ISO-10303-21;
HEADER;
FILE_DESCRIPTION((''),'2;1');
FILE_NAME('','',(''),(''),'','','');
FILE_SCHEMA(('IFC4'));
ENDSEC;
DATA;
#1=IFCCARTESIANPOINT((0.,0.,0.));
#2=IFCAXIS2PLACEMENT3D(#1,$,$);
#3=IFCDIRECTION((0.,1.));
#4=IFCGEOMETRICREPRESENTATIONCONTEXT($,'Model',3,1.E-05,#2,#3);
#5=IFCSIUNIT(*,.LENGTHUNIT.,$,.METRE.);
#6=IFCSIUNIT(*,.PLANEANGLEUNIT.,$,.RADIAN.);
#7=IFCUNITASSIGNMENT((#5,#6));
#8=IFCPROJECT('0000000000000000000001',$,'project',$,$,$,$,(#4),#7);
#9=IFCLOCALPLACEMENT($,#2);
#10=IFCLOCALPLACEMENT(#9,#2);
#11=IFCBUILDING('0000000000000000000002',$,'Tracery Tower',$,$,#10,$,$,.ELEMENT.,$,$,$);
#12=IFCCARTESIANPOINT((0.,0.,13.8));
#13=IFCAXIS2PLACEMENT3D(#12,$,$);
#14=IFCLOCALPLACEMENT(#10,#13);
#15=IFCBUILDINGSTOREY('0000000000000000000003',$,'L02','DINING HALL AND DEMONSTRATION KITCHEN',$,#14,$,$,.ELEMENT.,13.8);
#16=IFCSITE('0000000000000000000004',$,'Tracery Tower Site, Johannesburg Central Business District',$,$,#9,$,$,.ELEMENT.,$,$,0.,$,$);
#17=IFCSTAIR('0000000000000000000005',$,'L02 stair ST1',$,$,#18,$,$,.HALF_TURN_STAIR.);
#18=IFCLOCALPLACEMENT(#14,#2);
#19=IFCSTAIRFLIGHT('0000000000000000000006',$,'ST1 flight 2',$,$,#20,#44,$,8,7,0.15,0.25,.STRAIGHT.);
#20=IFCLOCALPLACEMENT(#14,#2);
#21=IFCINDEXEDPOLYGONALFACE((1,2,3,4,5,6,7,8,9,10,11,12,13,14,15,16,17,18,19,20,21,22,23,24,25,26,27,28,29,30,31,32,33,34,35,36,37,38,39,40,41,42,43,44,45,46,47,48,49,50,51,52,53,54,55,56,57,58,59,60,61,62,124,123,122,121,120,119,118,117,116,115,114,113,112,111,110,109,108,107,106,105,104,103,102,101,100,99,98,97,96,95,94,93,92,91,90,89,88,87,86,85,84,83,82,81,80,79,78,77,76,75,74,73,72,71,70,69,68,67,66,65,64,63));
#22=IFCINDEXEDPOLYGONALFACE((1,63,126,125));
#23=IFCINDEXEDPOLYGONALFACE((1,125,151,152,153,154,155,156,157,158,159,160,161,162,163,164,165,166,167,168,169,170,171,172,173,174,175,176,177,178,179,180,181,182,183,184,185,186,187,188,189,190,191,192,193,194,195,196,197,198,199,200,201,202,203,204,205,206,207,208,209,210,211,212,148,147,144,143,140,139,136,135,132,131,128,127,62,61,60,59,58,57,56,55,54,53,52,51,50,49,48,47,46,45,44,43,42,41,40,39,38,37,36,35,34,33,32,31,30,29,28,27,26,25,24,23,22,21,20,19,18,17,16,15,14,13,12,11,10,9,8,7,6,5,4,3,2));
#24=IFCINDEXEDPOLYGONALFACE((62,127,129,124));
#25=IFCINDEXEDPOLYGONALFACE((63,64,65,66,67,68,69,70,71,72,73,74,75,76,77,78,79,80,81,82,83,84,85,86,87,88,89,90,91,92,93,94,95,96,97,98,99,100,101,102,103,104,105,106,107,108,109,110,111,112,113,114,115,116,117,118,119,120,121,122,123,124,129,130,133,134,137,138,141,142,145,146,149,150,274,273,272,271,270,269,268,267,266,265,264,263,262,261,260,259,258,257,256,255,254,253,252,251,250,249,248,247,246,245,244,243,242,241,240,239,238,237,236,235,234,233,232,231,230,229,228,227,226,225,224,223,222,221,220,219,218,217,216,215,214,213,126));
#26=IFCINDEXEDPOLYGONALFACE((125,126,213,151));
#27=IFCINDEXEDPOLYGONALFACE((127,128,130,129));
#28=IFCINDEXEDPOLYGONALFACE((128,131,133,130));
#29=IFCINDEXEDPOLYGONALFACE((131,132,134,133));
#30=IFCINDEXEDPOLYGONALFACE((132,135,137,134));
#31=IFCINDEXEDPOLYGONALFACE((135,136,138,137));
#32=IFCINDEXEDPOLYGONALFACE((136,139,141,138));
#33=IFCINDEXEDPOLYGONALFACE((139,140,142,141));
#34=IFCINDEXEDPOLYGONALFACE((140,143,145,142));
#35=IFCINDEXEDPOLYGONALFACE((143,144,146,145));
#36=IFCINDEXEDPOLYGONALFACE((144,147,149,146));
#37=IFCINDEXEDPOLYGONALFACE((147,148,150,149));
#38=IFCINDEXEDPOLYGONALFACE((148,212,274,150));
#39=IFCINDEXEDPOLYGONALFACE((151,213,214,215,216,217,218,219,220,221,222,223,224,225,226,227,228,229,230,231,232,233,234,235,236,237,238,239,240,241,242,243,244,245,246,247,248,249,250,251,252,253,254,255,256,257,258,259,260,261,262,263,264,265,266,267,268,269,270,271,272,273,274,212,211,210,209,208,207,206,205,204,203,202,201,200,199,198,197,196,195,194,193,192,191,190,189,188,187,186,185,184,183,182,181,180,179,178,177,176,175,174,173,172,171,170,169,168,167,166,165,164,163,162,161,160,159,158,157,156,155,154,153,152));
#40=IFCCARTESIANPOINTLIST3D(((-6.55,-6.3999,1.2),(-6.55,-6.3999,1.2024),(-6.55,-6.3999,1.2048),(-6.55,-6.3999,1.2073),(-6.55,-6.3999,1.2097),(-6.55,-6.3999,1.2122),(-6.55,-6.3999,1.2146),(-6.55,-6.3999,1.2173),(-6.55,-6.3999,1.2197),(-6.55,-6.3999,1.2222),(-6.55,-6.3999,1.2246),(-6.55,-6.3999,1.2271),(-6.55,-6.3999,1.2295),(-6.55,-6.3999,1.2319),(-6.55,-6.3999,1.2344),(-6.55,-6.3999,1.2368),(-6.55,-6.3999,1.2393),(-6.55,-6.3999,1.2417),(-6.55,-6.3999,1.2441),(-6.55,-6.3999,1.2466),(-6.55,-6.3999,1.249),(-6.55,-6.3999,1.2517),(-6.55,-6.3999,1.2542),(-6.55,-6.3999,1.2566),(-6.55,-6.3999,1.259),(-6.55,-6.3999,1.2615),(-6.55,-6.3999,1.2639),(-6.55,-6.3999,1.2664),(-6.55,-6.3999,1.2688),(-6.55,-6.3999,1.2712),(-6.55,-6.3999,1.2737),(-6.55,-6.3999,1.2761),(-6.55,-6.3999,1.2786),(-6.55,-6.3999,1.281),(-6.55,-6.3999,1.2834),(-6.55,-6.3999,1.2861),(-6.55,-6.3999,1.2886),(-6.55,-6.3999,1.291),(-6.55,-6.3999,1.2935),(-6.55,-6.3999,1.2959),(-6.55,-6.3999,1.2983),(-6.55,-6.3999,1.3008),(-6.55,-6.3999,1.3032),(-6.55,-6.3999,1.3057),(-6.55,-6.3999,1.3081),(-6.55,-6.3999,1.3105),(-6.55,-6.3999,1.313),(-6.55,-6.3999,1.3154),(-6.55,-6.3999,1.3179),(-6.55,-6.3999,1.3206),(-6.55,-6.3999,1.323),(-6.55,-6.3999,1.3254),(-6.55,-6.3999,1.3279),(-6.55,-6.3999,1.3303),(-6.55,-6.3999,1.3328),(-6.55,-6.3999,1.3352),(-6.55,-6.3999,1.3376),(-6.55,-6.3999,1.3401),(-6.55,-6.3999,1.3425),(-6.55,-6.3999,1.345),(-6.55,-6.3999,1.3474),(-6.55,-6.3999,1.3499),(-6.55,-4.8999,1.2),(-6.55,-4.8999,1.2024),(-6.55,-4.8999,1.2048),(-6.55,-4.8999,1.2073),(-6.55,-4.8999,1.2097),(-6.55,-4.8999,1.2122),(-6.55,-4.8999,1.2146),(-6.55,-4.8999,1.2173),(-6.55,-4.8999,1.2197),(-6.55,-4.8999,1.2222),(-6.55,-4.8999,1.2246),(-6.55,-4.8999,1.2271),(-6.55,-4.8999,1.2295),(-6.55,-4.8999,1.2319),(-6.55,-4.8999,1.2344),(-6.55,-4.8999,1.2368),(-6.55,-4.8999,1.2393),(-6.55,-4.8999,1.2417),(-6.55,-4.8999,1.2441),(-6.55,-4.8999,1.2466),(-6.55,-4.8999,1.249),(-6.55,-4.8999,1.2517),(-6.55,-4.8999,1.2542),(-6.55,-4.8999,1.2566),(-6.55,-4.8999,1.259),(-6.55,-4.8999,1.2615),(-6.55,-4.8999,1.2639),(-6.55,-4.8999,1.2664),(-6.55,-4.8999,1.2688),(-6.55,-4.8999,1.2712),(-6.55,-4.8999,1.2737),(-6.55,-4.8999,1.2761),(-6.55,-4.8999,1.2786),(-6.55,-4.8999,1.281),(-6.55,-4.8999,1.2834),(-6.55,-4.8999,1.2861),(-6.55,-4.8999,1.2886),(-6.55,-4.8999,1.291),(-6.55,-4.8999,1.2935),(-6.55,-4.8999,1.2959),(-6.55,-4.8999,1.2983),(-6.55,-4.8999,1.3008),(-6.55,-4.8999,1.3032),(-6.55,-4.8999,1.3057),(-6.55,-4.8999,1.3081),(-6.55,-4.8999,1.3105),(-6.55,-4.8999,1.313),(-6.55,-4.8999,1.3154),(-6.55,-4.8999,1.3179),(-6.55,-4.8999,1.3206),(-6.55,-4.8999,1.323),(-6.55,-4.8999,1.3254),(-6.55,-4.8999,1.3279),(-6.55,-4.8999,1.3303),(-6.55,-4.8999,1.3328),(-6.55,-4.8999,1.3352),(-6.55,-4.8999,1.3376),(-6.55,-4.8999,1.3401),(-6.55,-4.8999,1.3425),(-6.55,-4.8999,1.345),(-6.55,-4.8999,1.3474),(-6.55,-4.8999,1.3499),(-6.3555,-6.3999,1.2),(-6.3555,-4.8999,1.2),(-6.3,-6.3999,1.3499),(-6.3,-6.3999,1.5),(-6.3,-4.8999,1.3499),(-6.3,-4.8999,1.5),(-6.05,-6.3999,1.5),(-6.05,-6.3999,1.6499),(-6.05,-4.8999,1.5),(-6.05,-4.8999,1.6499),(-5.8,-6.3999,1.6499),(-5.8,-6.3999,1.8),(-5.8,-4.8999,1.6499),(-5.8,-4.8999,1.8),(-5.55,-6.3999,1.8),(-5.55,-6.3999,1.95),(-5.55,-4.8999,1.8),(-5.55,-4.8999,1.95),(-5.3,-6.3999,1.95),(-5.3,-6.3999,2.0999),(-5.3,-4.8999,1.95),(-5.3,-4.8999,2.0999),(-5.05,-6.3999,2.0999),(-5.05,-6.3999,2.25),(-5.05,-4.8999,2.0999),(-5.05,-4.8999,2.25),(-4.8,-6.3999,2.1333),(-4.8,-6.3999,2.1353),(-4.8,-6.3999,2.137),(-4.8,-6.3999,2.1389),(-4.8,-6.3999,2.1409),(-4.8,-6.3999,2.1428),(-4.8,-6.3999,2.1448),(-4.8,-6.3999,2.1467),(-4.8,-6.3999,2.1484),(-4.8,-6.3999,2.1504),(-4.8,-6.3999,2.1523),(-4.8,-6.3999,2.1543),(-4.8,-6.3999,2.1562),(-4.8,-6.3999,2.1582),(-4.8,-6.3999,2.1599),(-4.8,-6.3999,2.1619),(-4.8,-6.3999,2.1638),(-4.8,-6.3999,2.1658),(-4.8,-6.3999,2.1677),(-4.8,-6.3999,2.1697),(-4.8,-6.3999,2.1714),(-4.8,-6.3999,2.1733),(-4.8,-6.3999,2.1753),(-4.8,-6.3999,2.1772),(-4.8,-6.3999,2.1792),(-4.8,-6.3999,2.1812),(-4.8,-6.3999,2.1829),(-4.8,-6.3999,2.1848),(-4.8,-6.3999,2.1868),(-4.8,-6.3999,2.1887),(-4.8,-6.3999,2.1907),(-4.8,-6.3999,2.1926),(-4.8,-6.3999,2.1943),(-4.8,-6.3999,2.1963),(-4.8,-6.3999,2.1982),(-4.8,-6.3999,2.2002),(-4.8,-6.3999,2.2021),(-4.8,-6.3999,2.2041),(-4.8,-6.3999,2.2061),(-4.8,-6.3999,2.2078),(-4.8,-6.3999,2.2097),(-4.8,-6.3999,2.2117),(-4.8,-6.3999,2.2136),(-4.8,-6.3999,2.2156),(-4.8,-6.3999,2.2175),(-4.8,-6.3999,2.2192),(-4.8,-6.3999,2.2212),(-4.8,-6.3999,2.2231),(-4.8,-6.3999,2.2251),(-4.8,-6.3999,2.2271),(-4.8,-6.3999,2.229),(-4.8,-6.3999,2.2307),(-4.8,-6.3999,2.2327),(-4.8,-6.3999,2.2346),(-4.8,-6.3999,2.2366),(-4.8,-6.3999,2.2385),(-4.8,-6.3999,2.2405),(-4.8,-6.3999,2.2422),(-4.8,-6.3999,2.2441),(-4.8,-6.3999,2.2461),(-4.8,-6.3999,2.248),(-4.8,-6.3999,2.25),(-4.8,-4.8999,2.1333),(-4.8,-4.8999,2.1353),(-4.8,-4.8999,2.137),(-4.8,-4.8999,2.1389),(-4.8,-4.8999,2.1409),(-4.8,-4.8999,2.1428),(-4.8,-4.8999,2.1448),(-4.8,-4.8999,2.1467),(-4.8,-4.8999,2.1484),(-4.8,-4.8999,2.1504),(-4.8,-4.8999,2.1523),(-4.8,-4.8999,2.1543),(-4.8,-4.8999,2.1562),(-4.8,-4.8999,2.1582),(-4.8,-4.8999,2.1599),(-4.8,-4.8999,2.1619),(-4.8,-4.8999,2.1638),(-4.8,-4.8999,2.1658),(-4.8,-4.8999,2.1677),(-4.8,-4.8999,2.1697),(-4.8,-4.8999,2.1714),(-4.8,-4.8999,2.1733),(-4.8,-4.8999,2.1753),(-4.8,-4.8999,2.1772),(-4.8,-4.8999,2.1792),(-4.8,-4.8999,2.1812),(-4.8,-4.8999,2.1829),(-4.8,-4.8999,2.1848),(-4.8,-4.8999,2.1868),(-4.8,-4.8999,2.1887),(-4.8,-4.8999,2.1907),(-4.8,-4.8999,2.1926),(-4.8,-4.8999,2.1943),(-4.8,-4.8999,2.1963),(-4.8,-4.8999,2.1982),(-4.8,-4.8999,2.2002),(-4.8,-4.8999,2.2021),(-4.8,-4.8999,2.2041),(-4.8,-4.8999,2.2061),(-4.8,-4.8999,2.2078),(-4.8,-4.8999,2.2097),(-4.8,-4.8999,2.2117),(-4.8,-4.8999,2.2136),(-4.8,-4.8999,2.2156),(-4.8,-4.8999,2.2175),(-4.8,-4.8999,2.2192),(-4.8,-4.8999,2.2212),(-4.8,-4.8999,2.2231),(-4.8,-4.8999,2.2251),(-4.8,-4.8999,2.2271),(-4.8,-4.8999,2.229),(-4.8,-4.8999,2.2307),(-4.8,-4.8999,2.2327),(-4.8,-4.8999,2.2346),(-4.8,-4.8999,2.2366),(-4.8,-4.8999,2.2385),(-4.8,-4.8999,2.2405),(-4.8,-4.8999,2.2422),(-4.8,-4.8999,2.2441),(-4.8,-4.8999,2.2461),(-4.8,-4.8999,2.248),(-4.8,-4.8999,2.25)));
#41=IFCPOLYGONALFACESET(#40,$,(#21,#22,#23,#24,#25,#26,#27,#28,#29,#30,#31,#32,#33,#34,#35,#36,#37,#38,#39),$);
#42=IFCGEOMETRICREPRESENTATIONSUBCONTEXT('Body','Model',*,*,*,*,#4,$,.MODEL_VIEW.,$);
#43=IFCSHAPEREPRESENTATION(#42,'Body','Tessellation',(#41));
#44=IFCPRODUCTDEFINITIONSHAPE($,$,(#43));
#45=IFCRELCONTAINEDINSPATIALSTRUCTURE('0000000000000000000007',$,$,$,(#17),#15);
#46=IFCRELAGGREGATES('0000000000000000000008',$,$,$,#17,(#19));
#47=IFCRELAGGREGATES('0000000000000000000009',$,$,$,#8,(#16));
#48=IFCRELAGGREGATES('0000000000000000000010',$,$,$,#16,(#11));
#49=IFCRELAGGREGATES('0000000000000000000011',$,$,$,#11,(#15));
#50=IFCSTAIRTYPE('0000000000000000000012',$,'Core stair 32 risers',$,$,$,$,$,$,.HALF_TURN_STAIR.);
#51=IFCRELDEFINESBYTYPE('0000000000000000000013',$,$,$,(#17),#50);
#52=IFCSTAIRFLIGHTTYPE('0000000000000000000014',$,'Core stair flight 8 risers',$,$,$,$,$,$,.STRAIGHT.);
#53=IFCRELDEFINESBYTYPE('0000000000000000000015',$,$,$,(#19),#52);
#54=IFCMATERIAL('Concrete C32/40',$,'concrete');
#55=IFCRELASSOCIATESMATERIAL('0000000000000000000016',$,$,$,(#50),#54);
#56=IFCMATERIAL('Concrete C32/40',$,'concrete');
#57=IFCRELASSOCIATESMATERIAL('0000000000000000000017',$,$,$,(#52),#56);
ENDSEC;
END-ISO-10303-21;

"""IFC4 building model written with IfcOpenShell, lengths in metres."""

from ifc_helpers import new_model, si_unit, direction, frame, origin, place, context, subcontext, project, spatial, polyline, outline, extrude, material, type_object, element, aggregate, save


model = new_model("IFC4")

# Units and contexts
model_context = context("Model", 3, precision=1e-05, world=origin(), true_north=direction((0.0, 1.0)))
body_context = subcontext(model_context, "Body", "Model", "MODEL_VIEW")
ifc_project = project(units=[si_unit("LENGTHUNIT", "METRE"), si_unit("PLANEANGLEUNIT", "RADIAN")], contexts=[model_context])

# Site, building, storey
site_placement = place(None, origin())
site = spatial("IfcSite", under=ifc_project, at=site_placement, Name="Tracery Tower Site, Johannesburg Central Business District", CompositionType="ELEMENT", RefElevation=0.0)
building_placement = place(site_placement, origin())
building = spatial("IfcBuilding", under=site, at=building_placement, Name="Tracery Tower", CompositionType="ELEMENT")
storey_placement = place(building_placement, frame((0.0, 0.0, 13.8)))
storey = spatial("IfcBuildingStorey", under=building, at=storey_placement, Name="L02", Description="DINING HALL AND DEMONSTRATION KITCHEN", CompositionType="ELEMENT", Elevation=13.8)

# Stair, stair flight
ifc_material_1 = material(Name="Concrete C32/40", Category="concrete")
stair_type = type_object("IfcStairType", Name="Core stair 32 risers", PredefinedType="HALF_TURN_STAIR", material=ifc_material_1)
stair_placement = place(storey_placement, origin())
stair = element("IfcStair", 1, at=stair_placement, inside=storey, type_object=stair_type, Name="L02 stair ST1", PredefinedType="HALF_TURN_STAIR")
ifc_material_2 = material(Name="Concrete C32/40", Category="concrete")
stair_flight_type = type_object("IfcStairFlightType", Name="Core stair flight 8 risers", PredefinedType="STRAIGHT", material=ifc_material_2)
stair_flight_1_placement = place(storey_placement, frame((-6.55, -5.6499, 1.2), z_axis=(0.0, 0.0, 1.0), x_axis=(1.0, 0.0, 0.0)))
stair_flight_1 = element("IfcStairFlight", 2, at=stair_flight_1_placement, type_object=stair_flight_type, Name="ST1 flight 2", NumberOfRisers=8, NumberOfTreads=7, PredefinedType="STRAIGHT", RiserHeight=0.15, TreadLength=0.25, context=body_context, shape_type="SweptSolid", body=[
    extrude(outline(polyline([(0.0, 0.0), (0.0, 0.0024), (0.0, 0.0049), (0.0, 0.0073), (0.0, 0.0098), (0.0, 0.0122), (0.0, 0.0146), (0.0, 0.0173), (0.0, 0.0198), (0.0, 0.0222), (0.0, 0.0247), (0.0, 0.0271), (0.0, 0.0295), (0.0, 0.032), (0.0, 0.0344), (0.0, 0.0369), (0.0, 0.0393), (0.0, 0.0417), (0.0, 0.0442), (0.0, 0.0466), (0.0, 0.0491), (0.0, 0.0518), (0.0, 0.0542), (0.0, 0.0566), (0.0, 0.0591), (0.0, 0.0615), (0.0, 0.064), (0.0, 0.0664), (0.0, 0.0688), (0.0, 0.0713), (0.0, 0.0737), (0.0, 0.0762), (0.0, 0.0786), (0.0, 0.0811), (0.0, 0.0835), (0.0, 0.0862), (0.0, 0.0886), (0.0, 0.0911), (0.0, 0.0935), (0.0, 0.0959), (0.0, 0.0984), (0.0, 0.1008), (0.0, 0.1033), (0.0, 0.1057), (0.0, 0.1082), (0.0, 0.1106), (0.0, 0.113), (0.0, 0.1155), (0.0, 0.1179), (0.0, 0.1206), (0.0, 0.123), (0.0, 0.1255), (0.0, 0.1279), (0.0, 0.1304), (0.0, 0.1328), (0.0, 0.1353), (0.0, 0.1377), (0.0, 0.1401), (0.0, 0.1426), (0.0, 0.145), (0.0, 0.1475), (0.0, 0.1499), (0.25, 0.1499), (0.25, 0.3), (0.5, 0.3), (0.5, 0.45), (0.75, 0.45), (0.75, 0.6001), (1.0, 0.6001), (1.0, 0.75), (1.25, 0.75), (1.25, 0.8999), (1.5, 0.8999), (1.5, 1.05), (1.75, 1.05), (1.75, 1.0481), (1.75, 1.0461), (1.75, 1.0442), (1.75, 1.0422), (1.75, 1.0405), (1.75, 1.0386), (1.75, 1.0366), (1.75, 1.0347), (1.75, 1.0327), (1.75, 1.0308), (1.75, 1.0291), (1.75, 1.0271), (1.75, 1.0251), (1.75, 1.0232), (1.75, 1.0212), (1.75, 1.0193), (1.75, 1.0176), (1.75, 1.0156), (1.75, 1.0137), (1.75, 1.0117), (1.75, 1.0098), (1.75, 1.0078), (1.75, 1.0061), (1.75, 1.0042), (1.75, 1.0022), (1.75, 1.0002), (1.75, 0.9983), (1.75, 0.9963), (1.75, 0.9944), (1.75, 0.9927), (1.75, 0.9907), (1.75, 0.9888), (1.75, 0.9868), (1.75, 0.9849), (1.75, 0.9829), (1.75, 0.9812), (1.75, 0.9792), (1.75, 0.9773), (1.75, 0.9753), (1.75, 0.9734), (1.75, 0.9714), (1.75, 0.9697), (1.75, 0.9678), (1.75, 0.9658), (1.75, 0.9639), (1.75, 0.9619), (1.75, 0.96), (1.75, 0.9583), (1.75, 0.9563), (1.75, 0.9543), (1.75, 0.9524), (1.75, 0.9504), (1.75, 0.9485), (1.75, 0.9468), (1.75, 0.9448), (1.75, 0.9429), (1.75, 0.9409), (1.75, 0.939), (1.75, 0.937), (1.75, 0.9353), (1.75, 0.9333), (0.1946, 0.0), (0.0, 0.0)])), frame((0.0, 0.75, 0.0), z_axis=(0.0, -1.0, 0.0), x_axis=(1.0, 0.0, 0.0)), (0.0, 0.0, 1.0), 1.5),
])
aggregate(stair, [stair_flight_1])

save(model, "model.ifc")
